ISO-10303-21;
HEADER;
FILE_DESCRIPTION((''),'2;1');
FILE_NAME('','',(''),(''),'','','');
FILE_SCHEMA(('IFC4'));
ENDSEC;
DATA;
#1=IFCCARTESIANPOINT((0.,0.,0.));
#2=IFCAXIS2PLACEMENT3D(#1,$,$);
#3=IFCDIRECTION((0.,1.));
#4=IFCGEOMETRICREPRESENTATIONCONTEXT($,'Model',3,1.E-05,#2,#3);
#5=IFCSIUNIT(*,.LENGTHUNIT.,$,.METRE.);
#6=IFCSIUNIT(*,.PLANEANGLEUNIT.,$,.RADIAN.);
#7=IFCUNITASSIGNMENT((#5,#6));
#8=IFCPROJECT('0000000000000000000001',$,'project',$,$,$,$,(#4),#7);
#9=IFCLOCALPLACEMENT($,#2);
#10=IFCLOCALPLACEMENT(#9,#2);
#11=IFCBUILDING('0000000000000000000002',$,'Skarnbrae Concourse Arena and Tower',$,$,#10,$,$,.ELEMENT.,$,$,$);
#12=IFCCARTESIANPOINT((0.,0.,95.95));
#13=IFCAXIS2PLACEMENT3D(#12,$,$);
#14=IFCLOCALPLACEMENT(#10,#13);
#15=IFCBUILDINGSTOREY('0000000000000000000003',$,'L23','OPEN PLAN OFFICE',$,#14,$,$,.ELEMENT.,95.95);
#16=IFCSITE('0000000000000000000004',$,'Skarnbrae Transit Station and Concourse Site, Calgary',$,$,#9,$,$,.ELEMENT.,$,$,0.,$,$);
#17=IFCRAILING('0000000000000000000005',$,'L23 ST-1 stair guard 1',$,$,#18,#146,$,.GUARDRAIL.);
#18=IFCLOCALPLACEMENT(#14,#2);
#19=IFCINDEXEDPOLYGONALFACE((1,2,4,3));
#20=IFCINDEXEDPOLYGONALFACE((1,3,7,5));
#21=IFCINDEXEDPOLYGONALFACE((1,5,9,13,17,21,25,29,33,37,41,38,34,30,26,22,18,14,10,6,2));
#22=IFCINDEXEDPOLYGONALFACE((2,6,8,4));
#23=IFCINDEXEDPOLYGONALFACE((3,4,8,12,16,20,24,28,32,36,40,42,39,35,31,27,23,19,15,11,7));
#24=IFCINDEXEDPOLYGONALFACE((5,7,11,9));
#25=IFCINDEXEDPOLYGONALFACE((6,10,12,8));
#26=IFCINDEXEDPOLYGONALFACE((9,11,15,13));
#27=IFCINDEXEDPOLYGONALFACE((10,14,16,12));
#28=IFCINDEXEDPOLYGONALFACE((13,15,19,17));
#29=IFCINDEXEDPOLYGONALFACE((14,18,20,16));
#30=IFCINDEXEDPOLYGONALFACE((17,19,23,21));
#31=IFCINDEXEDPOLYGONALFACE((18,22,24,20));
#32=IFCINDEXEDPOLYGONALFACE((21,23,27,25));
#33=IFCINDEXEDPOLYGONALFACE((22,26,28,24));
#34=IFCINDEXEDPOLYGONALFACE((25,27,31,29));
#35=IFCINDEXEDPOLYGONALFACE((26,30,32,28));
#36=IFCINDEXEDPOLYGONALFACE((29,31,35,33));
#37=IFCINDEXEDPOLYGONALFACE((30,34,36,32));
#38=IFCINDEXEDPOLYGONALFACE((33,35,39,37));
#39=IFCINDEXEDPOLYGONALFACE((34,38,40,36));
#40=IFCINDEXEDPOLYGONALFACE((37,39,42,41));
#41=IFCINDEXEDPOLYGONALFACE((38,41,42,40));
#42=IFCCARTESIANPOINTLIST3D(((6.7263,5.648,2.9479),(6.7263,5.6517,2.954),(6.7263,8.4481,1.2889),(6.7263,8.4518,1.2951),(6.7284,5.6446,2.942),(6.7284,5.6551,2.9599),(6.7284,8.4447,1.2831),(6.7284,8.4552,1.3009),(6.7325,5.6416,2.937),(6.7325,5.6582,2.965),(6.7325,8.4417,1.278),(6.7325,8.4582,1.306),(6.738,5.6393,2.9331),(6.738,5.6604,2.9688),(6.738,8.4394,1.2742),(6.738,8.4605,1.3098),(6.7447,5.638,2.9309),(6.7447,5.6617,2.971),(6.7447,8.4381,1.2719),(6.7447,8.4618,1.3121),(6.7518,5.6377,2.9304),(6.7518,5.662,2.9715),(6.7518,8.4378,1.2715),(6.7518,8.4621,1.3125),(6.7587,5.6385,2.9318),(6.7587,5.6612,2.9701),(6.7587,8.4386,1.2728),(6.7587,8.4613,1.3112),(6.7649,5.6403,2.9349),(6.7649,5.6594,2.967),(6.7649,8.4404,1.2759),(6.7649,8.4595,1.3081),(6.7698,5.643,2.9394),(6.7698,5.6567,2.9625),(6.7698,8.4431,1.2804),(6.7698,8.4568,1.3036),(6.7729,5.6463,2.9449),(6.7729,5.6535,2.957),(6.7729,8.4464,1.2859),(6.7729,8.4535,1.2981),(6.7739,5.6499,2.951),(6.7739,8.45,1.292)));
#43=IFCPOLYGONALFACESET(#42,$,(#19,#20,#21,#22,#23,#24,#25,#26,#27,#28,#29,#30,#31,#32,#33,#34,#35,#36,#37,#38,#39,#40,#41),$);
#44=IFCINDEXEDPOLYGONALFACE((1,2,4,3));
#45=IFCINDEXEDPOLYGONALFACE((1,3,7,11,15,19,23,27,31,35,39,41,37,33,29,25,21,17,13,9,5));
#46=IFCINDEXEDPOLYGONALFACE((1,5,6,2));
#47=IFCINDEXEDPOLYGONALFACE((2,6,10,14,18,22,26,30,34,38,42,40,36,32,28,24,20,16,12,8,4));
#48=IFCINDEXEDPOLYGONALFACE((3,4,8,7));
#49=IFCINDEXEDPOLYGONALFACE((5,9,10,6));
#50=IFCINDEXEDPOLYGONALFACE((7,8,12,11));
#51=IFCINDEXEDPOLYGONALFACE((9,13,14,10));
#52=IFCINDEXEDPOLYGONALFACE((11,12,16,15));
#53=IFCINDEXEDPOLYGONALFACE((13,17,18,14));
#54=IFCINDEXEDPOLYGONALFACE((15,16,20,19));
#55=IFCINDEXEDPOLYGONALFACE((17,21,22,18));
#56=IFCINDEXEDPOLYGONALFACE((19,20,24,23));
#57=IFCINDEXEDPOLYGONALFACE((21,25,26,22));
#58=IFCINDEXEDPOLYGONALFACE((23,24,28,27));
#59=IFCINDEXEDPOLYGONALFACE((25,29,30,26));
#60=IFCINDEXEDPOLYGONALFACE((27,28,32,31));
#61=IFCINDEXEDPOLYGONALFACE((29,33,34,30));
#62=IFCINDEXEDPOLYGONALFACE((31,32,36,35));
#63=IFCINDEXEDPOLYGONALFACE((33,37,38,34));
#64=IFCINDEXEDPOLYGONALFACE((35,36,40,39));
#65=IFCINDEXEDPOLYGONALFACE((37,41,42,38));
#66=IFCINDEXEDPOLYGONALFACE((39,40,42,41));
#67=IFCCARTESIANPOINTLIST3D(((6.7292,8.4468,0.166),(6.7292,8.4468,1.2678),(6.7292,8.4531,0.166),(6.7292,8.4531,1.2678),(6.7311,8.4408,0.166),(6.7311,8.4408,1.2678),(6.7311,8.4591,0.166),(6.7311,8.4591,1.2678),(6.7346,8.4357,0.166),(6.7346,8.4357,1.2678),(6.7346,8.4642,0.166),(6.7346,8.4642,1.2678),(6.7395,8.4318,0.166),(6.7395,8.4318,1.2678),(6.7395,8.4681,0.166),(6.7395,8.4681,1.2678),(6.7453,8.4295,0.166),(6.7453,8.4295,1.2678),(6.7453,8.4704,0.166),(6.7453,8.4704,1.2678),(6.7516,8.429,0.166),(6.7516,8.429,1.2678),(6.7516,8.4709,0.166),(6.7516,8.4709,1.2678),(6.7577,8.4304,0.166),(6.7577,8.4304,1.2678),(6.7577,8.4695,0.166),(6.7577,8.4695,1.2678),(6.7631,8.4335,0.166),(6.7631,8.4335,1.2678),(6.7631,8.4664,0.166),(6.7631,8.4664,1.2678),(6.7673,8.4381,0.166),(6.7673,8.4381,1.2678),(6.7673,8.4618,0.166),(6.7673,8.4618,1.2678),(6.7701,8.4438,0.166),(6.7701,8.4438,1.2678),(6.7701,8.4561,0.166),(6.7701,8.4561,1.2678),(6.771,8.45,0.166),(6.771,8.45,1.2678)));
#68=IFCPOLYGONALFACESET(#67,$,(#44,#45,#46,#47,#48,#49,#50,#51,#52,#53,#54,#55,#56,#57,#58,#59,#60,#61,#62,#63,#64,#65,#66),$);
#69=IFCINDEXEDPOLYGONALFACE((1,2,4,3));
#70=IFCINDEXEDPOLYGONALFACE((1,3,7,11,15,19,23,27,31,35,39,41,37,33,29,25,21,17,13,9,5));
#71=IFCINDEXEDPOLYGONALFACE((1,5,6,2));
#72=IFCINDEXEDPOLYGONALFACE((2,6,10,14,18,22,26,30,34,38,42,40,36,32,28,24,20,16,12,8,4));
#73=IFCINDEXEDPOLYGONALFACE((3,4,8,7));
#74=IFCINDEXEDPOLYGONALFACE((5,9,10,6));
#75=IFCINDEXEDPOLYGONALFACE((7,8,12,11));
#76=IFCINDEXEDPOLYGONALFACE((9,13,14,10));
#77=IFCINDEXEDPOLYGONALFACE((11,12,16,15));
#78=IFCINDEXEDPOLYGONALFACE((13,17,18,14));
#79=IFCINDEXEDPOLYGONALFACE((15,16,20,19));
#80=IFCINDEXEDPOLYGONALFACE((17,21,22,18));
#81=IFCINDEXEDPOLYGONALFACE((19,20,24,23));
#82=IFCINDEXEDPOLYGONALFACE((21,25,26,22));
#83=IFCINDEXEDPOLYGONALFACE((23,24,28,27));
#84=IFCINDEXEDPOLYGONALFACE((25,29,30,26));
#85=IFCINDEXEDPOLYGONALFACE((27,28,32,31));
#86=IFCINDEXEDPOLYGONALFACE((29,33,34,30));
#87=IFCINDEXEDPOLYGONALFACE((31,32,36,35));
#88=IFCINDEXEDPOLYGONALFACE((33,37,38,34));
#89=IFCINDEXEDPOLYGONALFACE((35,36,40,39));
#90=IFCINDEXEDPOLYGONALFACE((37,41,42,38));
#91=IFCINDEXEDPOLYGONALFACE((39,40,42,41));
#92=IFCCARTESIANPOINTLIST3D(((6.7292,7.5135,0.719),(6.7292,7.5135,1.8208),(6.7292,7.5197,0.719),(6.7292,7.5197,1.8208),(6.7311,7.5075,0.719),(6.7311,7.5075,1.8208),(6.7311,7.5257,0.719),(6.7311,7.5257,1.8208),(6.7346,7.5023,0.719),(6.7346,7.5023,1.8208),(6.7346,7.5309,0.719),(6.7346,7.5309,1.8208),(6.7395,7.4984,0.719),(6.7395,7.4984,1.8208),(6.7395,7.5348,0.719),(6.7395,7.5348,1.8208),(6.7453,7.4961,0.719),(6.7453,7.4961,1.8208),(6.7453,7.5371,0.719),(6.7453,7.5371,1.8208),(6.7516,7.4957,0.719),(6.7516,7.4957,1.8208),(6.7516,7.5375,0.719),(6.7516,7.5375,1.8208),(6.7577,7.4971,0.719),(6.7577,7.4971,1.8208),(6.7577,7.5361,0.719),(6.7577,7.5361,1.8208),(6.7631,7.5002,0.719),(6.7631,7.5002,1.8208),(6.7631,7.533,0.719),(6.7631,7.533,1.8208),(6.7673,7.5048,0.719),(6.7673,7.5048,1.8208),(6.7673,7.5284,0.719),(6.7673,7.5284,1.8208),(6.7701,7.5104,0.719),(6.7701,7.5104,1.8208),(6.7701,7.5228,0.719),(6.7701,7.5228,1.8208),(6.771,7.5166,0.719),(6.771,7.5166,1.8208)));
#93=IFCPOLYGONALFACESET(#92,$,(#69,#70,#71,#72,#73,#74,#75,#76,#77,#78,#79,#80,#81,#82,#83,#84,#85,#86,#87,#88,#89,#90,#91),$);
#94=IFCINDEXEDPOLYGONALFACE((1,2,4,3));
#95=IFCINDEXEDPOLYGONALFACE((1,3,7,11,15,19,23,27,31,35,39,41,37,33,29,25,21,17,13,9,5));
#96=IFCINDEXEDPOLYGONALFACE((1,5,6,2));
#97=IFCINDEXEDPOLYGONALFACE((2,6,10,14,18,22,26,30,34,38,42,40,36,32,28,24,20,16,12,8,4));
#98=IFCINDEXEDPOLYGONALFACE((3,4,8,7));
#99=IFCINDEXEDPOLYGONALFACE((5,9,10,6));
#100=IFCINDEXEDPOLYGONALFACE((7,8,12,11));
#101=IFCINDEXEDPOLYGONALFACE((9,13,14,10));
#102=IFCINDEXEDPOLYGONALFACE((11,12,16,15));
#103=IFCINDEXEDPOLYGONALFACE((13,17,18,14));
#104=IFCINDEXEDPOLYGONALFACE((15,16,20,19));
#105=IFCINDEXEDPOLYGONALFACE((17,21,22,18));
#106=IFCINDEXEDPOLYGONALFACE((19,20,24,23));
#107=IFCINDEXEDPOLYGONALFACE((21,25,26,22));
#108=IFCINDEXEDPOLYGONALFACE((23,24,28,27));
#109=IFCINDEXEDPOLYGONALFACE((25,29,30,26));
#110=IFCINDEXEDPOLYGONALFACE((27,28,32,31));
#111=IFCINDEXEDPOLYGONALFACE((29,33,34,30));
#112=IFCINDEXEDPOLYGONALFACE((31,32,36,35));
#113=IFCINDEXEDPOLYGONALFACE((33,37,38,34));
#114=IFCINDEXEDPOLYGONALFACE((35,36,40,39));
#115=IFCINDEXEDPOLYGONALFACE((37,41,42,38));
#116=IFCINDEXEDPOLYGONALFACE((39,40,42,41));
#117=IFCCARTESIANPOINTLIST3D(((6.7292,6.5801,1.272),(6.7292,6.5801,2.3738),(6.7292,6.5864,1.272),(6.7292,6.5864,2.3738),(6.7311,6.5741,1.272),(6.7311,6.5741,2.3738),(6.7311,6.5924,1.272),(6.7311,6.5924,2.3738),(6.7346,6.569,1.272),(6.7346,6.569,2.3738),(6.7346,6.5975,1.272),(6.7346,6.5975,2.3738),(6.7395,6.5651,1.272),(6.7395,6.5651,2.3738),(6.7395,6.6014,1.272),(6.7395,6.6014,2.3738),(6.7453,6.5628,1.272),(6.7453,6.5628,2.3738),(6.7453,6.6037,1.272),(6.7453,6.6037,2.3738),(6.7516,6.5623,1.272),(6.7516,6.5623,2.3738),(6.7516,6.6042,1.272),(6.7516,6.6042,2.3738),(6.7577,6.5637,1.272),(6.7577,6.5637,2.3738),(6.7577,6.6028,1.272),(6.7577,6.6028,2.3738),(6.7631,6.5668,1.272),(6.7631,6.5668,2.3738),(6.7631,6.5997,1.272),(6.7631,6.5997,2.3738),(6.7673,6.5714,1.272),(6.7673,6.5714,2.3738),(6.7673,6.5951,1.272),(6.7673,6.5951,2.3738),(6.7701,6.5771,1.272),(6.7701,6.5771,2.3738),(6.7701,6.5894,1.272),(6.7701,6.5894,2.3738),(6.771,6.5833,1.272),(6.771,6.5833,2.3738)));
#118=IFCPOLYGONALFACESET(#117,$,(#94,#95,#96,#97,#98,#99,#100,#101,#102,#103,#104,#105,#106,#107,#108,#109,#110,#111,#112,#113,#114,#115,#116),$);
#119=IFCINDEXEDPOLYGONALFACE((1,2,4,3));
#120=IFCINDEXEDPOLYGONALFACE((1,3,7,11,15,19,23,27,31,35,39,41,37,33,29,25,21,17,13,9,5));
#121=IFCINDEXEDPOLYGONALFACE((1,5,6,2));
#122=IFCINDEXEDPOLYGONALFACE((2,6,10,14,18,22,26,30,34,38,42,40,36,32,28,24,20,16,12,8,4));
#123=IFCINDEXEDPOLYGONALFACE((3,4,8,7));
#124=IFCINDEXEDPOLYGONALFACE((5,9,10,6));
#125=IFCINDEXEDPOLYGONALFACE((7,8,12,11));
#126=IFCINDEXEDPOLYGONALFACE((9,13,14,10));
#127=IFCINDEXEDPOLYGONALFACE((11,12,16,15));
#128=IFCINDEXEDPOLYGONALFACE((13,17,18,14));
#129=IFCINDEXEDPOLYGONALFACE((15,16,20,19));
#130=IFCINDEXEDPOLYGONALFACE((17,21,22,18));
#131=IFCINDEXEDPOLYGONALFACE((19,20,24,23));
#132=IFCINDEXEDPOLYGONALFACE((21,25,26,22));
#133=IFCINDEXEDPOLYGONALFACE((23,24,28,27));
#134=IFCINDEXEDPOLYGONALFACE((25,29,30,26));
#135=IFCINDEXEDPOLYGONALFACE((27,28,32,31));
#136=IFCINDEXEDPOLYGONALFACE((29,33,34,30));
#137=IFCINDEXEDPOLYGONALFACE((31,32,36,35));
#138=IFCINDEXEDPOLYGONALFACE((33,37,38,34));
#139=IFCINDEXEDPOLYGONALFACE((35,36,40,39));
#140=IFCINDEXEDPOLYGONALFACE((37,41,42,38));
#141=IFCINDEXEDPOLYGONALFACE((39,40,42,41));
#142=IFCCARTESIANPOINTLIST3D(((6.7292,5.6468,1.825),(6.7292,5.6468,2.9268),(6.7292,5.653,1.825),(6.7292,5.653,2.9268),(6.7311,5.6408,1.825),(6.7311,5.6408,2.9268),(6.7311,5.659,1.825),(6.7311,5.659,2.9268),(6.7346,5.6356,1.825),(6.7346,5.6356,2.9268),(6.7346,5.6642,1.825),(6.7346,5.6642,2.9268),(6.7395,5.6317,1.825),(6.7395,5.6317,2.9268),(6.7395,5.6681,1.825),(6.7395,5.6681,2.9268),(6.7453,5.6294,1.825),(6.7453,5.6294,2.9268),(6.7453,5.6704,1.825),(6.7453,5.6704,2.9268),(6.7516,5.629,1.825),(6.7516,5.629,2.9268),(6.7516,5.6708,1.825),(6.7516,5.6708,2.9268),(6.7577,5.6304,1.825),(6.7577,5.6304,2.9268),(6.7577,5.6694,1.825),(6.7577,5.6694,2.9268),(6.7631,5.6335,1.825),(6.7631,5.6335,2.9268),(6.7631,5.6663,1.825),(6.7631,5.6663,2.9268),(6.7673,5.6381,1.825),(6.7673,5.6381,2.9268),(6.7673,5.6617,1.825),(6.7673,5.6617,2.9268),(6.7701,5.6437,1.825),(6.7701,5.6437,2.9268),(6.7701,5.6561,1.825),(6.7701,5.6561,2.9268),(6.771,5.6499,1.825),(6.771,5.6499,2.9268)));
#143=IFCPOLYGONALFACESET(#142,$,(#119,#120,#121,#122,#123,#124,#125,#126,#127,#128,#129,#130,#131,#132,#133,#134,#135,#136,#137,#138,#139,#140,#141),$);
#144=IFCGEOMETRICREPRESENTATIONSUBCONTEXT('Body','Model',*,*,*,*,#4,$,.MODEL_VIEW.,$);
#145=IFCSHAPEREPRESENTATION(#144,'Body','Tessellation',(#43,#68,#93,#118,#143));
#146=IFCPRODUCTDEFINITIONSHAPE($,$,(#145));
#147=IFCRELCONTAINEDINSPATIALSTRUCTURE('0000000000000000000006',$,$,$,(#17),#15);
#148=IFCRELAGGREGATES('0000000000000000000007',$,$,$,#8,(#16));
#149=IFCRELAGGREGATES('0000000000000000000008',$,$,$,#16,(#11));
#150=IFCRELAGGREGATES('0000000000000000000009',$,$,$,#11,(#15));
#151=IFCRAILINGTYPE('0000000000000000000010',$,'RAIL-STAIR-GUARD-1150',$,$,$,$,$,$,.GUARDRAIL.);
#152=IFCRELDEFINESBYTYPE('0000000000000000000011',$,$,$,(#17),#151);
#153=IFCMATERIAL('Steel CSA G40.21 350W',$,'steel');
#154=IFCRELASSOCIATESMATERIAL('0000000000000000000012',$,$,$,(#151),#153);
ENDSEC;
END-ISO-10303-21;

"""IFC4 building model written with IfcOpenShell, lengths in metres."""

from ifc_helpers import new_model, si_unit, direction, frame, origin, origin_2d, place, context, subcontext, project, spatial, circle, extrude, material, type_object, element, save


model = new_model("IFC4")

# Units and contexts
model_context = context("Model", 3, precision=1e-05, world=origin(), true_north=direction((0.0, 1.0)))
body_context = subcontext(model_context, "Body", "Model", "MODEL_VIEW")
ifc_project = project(units=[si_unit("LENGTHUNIT", "METRE"), si_unit("PLANEANGLEUNIT", "RADIAN")], contexts=[model_context])

# Site, building, storey
site_placement = place(None, origin())
site = spatial("IfcSite", under=ifc_project, at=site_placement, Name="Skarnbrae Transit Station and Concourse Site, Calgary", CompositionType="ELEMENT", RefElevation=0.0)
building_placement = place(site_placement, origin())
building = spatial("IfcBuilding", under=site, at=building_placement, Name="Skarnbrae Concourse Arena and Tower", CompositionType="ELEMENT")
storey_placement = place(building_placement, frame((0.0, 0.0, 95.95)))
storey = spatial("IfcBuildingStorey", under=building, at=storey_placement, Name="L23", Description="OPEN PLAN OFFICE", CompositionType="ELEMENT", Elevation=95.95)

# Railing
ifc_material_1 = material(Name="Steel CSA G40.21 350W", Category="steel")
railing_type_1 = type_object("IfcRailingType", Name="RAIL-STAIR-GUARD-1150", PredefinedType="GUARDRAIL", material=ifc_material_1)
railing_1_placement = place(storey_placement, frame((6.75, 8.45, 0.166)))
element("IfcRailing", 1, at=railing_1_placement, inside=storey, type_object=railing_type_1, Name="L23 ST-1 stair guard 1", PredefinedType="GUARDRAIL", context=body_context, shape_type="SweptSolid", body=[
    extrude(circle(Radius=0.0239, at=origin_2d()), frame((0.0, 0.0, 1.126), z_axis=(0.0, -0.860339, 0.509722), x_axis=(1.0, 0.0, 0.0)), (0.0, 0.0, 1.0), 3.2546),
    extrude(circle(Radius=0.021, at=origin_2d()), origin(), (0.0, 0.0, 1.0), 1.1018),
    extrude(circle(Radius=0.021, at=origin_2d()), frame((0.0, -0.9333, 0.553)), (0.0, 0.0, 1.0), 1.1018),
    extrude(circle(Radius=0.021, at=origin_2d()), frame((0.0, -1.8667, 1.106)), (0.0, 0.0, 1.0), 1.1018),
    extrude(circle(Radius=0.021, at=origin_2d()), frame((0.0, -2.8, 1.6589)), (0.0, 0.0, 1.0), 1.1018),
])

save(model, "model.ifc")
